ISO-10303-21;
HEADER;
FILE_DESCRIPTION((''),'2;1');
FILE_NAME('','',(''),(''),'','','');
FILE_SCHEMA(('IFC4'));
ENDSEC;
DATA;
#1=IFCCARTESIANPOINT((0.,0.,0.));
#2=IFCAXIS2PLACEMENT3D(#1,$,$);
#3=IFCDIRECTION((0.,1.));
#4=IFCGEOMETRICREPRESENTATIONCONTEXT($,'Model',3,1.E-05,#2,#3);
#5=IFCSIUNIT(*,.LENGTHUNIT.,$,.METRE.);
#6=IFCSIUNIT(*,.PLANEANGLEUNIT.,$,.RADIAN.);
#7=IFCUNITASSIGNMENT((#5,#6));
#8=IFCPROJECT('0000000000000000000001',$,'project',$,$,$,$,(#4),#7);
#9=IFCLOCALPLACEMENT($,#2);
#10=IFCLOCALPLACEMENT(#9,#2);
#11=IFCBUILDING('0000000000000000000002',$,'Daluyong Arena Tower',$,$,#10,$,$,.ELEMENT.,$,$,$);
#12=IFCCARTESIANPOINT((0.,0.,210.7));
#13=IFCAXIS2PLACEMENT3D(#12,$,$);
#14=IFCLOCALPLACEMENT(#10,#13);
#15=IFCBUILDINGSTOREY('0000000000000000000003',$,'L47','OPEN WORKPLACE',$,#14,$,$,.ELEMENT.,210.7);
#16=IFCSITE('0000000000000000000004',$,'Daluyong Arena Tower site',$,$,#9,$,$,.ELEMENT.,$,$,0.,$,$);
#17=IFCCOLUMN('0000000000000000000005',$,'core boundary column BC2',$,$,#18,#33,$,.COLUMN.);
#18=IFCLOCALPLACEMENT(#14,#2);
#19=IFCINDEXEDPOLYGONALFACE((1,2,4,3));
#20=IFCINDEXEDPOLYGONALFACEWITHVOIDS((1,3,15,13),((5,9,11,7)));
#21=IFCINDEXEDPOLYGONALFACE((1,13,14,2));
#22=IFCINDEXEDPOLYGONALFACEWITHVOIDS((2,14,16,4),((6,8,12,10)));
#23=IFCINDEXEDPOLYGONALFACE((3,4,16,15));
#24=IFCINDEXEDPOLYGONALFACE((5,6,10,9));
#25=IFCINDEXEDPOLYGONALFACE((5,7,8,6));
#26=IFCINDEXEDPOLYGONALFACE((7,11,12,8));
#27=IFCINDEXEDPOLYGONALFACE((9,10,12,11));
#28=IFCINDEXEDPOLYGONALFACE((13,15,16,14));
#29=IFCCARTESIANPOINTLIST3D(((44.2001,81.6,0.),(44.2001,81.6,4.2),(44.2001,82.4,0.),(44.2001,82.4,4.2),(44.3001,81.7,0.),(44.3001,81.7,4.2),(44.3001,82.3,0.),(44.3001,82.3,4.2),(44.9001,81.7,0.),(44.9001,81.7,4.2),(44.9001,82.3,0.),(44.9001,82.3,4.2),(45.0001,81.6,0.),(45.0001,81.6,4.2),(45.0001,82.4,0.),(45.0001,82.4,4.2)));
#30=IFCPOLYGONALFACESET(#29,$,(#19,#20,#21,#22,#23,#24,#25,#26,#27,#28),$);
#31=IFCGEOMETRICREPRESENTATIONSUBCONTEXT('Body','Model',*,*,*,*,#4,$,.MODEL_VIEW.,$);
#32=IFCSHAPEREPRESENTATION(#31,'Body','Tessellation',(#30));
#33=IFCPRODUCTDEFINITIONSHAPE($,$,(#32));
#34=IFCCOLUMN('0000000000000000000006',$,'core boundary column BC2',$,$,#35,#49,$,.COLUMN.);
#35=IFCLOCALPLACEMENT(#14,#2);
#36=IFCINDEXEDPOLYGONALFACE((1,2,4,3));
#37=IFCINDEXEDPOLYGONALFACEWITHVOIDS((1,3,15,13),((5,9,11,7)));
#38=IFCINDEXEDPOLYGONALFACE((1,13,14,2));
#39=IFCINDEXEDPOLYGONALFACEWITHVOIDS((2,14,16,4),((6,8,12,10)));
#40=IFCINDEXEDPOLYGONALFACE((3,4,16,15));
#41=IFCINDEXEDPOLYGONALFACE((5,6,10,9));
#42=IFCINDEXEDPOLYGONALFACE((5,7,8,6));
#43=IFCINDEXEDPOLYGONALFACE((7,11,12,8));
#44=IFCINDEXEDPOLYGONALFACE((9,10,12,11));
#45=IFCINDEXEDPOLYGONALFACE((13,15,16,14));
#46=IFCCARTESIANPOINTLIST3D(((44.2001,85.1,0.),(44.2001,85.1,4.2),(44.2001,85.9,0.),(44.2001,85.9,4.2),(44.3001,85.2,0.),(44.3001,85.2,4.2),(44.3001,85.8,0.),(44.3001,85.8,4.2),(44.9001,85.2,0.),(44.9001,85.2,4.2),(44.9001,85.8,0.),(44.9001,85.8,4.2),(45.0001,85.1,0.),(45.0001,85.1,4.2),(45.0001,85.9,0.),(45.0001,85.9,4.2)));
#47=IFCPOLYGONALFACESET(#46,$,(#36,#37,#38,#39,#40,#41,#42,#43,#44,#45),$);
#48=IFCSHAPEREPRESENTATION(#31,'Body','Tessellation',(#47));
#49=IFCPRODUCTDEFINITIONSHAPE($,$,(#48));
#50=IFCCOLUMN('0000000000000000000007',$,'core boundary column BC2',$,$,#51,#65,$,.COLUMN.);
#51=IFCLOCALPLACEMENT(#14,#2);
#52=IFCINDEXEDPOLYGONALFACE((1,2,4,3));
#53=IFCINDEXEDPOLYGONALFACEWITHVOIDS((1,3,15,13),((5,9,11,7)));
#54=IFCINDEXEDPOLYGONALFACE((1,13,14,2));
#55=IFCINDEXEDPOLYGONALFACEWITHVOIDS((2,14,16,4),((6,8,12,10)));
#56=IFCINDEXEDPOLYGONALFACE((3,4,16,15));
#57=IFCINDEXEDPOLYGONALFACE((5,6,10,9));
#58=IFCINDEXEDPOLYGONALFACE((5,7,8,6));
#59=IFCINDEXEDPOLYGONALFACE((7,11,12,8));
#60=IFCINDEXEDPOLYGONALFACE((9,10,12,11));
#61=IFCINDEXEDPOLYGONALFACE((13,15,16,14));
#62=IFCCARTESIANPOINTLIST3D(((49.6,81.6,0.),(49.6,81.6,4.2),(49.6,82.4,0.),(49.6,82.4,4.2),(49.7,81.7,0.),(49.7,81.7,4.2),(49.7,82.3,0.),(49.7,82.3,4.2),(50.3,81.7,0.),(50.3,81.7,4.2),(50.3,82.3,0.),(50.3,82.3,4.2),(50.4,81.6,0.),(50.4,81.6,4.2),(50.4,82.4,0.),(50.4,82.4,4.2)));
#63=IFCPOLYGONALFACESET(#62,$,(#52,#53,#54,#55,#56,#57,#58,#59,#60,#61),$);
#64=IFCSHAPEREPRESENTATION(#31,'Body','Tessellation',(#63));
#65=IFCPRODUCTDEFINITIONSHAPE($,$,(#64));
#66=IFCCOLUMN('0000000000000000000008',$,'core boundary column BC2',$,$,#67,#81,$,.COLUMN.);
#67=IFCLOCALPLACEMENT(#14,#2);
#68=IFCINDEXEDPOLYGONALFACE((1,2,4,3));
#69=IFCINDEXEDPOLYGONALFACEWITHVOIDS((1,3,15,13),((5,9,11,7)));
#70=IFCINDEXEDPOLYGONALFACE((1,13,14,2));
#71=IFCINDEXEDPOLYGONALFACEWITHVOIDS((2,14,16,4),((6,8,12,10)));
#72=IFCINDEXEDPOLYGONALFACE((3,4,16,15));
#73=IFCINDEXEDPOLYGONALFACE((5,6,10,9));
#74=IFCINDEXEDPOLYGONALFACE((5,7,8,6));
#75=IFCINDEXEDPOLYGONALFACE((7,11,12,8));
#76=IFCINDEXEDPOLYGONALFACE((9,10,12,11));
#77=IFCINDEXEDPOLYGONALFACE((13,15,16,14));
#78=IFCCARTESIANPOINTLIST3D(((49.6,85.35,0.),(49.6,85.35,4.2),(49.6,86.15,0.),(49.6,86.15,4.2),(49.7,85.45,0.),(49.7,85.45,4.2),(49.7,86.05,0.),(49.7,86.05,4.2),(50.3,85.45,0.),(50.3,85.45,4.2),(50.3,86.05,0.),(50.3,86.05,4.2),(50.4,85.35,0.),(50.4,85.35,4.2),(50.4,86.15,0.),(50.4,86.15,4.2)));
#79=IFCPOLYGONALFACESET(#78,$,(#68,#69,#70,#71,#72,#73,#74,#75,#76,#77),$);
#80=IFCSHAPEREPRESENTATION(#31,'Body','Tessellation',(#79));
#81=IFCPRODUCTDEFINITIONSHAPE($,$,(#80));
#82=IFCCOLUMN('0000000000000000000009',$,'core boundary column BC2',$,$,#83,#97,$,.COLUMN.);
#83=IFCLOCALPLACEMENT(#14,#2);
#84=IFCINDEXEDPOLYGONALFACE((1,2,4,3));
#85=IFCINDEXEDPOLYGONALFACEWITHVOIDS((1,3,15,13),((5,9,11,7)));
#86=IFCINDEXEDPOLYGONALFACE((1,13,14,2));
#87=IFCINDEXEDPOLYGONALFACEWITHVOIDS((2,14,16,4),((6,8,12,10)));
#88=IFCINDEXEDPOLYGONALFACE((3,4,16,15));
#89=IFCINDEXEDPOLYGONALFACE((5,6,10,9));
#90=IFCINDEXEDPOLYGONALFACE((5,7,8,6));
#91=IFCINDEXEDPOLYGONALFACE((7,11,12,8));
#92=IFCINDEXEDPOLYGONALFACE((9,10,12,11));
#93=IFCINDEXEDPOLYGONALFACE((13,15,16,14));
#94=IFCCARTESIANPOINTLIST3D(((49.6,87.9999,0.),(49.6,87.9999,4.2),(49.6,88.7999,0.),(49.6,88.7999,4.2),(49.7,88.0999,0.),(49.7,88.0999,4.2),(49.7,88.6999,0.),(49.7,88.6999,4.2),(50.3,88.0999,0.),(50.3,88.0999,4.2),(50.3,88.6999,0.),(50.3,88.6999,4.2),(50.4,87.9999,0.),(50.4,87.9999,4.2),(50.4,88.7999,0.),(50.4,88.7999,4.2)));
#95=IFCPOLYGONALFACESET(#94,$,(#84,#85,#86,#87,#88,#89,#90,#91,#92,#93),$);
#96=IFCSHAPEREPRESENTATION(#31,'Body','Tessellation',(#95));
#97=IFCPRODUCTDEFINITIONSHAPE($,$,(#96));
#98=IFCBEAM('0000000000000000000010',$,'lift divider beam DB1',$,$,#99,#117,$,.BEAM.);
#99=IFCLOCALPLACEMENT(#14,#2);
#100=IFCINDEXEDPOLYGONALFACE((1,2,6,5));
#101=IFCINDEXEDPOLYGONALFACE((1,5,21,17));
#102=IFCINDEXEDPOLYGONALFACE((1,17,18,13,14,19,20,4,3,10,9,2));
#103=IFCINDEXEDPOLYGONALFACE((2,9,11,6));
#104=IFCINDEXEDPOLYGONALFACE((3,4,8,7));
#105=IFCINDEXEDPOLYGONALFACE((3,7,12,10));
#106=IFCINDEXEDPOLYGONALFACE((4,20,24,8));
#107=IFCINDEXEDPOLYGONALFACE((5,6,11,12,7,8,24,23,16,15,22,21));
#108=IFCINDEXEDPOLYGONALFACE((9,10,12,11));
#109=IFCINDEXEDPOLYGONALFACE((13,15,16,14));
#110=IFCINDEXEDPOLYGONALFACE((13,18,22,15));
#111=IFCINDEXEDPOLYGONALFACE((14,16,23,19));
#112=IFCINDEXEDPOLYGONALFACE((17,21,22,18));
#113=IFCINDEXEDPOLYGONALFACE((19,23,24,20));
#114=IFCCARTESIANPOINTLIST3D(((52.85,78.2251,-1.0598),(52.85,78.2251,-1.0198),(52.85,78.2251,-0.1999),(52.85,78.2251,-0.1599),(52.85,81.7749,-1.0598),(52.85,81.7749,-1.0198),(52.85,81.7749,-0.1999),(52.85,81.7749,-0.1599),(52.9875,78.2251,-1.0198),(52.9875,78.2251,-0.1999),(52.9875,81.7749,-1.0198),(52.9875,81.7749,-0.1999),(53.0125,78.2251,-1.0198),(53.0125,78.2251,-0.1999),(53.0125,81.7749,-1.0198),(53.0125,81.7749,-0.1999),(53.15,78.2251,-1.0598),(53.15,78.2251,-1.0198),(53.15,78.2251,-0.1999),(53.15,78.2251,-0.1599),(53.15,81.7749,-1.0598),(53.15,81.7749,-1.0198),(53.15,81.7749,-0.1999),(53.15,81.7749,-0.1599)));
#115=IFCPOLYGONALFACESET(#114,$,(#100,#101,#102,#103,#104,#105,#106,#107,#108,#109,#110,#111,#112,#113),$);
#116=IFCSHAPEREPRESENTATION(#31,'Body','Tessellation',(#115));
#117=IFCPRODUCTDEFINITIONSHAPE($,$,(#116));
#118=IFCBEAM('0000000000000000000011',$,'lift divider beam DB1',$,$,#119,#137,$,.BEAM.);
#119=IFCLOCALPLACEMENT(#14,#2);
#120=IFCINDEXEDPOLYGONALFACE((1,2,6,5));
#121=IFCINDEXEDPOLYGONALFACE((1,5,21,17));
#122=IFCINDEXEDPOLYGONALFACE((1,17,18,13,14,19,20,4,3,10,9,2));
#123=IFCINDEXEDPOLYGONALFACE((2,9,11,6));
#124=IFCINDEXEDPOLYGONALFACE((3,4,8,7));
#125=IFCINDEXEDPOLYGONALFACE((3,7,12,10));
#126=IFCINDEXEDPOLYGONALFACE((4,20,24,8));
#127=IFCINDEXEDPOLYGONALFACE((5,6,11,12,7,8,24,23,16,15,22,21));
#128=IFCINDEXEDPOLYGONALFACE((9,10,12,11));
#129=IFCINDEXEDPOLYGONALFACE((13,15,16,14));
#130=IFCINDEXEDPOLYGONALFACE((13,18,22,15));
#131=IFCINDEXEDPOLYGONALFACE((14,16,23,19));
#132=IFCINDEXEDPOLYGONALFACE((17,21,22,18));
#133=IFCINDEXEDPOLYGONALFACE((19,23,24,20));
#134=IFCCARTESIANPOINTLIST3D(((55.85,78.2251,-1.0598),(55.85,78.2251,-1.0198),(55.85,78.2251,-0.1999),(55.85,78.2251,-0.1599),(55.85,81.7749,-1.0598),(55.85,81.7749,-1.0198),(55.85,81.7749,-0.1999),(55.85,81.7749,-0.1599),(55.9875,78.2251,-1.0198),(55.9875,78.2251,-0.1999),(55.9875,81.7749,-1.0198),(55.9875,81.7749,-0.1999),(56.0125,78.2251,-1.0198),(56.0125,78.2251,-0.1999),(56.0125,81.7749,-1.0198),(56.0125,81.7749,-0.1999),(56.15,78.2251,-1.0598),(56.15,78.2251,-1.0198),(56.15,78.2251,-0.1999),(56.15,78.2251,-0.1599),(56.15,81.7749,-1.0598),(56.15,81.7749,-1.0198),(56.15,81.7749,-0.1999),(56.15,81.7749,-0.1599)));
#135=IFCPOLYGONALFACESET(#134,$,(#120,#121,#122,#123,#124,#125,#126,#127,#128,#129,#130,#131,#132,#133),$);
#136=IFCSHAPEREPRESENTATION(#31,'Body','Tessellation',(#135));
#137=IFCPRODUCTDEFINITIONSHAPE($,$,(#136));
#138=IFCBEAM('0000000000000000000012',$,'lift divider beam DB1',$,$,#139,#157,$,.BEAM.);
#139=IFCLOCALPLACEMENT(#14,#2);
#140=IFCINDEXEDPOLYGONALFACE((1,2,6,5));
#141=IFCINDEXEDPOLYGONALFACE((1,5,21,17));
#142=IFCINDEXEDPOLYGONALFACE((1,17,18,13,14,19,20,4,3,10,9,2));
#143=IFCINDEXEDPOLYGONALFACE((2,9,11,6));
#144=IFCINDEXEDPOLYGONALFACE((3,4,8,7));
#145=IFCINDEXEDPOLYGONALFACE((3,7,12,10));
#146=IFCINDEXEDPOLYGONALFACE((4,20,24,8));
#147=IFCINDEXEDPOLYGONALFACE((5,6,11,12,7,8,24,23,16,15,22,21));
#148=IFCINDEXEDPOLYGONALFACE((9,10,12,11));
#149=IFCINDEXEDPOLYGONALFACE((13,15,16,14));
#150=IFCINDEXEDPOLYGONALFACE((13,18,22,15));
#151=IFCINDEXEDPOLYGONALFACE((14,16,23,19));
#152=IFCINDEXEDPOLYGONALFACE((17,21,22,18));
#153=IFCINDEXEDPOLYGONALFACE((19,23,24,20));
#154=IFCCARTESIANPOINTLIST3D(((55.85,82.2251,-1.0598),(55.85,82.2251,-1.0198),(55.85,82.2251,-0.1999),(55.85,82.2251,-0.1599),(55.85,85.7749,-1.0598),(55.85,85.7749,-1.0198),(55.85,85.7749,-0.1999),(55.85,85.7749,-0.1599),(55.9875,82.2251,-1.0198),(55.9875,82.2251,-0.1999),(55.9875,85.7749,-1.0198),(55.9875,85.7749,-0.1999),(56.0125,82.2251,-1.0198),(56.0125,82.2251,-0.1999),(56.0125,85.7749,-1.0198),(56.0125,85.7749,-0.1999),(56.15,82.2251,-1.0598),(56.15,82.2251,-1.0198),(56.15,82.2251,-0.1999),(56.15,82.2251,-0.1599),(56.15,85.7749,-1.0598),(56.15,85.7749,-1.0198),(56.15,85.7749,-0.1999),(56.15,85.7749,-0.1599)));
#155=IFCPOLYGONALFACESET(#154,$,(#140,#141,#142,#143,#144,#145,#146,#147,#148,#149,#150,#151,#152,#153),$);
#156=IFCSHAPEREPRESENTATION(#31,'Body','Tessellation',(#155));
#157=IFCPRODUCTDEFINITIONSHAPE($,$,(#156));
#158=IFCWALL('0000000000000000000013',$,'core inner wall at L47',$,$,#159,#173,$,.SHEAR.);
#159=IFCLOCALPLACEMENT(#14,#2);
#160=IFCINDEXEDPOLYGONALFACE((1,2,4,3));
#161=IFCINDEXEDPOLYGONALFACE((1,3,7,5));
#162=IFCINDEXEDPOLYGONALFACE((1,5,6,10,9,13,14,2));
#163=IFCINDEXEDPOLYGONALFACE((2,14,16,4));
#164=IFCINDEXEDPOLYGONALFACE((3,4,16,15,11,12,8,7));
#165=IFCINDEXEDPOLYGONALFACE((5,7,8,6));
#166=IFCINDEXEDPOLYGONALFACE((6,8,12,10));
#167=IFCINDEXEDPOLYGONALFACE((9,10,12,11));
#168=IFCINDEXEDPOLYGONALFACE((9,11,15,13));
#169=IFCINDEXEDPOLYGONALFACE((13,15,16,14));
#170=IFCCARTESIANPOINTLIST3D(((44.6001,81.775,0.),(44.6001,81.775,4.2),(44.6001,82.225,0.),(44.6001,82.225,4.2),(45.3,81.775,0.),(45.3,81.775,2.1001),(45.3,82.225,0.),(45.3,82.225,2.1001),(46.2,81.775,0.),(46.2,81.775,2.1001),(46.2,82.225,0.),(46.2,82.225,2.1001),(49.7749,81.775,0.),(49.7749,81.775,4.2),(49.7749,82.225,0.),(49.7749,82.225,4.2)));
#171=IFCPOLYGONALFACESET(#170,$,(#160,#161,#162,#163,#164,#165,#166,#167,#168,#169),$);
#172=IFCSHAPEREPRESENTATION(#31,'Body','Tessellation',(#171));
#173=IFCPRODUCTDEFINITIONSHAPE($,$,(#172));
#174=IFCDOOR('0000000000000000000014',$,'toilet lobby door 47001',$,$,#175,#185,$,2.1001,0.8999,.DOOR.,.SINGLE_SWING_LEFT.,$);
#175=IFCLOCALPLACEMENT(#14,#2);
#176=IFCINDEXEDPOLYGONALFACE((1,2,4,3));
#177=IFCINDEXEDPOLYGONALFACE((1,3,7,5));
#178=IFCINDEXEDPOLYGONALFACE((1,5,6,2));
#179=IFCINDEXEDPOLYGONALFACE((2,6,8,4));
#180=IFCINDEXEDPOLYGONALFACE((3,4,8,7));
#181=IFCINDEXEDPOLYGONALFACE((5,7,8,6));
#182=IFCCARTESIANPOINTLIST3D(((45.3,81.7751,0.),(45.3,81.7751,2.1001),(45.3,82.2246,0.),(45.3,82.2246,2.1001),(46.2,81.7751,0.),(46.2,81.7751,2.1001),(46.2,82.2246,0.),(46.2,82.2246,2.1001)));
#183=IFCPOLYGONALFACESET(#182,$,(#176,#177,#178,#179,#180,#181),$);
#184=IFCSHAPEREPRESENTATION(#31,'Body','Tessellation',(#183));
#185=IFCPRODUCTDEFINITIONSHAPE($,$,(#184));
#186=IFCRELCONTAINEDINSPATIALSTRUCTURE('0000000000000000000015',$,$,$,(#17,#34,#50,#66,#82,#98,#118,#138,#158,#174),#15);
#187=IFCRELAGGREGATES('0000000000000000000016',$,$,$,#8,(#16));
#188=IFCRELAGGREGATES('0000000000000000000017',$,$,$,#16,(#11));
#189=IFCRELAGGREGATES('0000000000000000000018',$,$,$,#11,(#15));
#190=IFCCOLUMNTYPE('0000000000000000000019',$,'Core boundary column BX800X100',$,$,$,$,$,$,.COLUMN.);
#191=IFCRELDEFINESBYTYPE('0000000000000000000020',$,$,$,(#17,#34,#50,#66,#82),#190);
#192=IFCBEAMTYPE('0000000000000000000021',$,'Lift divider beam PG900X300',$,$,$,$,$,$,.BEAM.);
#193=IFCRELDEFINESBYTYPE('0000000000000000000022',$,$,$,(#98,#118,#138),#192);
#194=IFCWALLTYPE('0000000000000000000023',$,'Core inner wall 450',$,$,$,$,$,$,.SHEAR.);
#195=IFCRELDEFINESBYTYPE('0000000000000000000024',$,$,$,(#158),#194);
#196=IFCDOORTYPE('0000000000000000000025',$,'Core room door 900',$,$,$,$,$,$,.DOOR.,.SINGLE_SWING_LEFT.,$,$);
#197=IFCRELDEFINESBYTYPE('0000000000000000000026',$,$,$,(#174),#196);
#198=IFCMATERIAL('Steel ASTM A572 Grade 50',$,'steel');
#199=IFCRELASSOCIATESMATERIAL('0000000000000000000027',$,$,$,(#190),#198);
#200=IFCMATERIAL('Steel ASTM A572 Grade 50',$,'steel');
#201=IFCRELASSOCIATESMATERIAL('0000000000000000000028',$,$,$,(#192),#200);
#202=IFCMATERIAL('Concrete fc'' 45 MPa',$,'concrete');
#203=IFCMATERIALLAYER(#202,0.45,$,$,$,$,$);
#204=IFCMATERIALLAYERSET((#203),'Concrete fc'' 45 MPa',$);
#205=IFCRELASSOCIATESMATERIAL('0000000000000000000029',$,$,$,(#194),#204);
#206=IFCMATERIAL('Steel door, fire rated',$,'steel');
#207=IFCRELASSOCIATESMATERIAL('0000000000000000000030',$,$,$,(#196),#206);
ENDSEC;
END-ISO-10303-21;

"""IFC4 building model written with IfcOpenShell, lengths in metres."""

from ifc_helpers import new_model, si_unit, direction, frame, frame_2d, origin, origin_2d, place, context, subcontext, project, spatial, rectangle, hollow_rectangle, i_section, extrude, material, layer, layer_set, material_profile, profile_set, type_object, element, fill, save


model = new_model("IFC4")

# Units and contexts
model_context = context("Model", 3, precision=1e-05, world=origin(), true_north=direction((0.0, 1.0)))
body_context = subcontext(model_context, "Body", "Model", "MODEL_VIEW")
ifc_project = project(units=[si_unit("LENGTHUNIT", "METRE"), si_unit("PLANEANGLEUNIT", "RADIAN")], contexts=[model_context])

# Site, building, storey
site_placement = place(None, origin())
site = spatial("IfcSite", under=ifc_project, at=site_placement, Name="Daluyong Arena Tower site", CompositionType="ELEMENT", RefElevation=0.0)
building_placement = place(site_placement, origin())
building = spatial("IfcBuilding", under=site, at=building_placement, Name="Daluyong Arena Tower", CompositionType="ELEMENT")
storey_placement = place(building_placement, frame((0.0, 0.0, 210.7)))
storey = spatial("IfcBuildingStorey", under=building, at=storey_placement, Name="L47", Description="OPEN WORKPLACE", CompositionType="ELEMENT", Elevation=210.7)

# Columns
ifc_material_1 = material(Name="Steel ASTM A572 Grade 50", Category="steel")
ifc_material_profile_1 = material_profile(ifc_material_1, hollow_rectangle(XDim=0.8, YDim=0.8, WallThickness=0.1, at=origin_2d()))
ifc_profile_set_1 = profile_set([ifc_material_profile_1], Name="Steel ASTM A572 Grade 50")
column_type = type_object("IfcColumnType", Name="Core boundary column BX800X100", PredefinedType="COLUMN", material=ifc_profile_set_1)
for number, where, z_axis, x_axis, name in (
    (1, (44.6001, 82.0, 0.0), (0.0, 0.0, 1.0), (1.0, 0.0, 0.0), "core boundary column BC2"),
    (2, (44.6001, 85.5, 0.0), (0.0, 0.0, 1.0), (1.0, 0.0, 0.0), "core boundary column BC2"),
    (3, (50.0, 82.0, 0.0), (0.0, 0.0, 1.0), (1.0, 0.0, 0.0), "core boundary column BC2"),
    (4, (50.0, 85.75, 0.0), (0.0, 0.0, 1.0), (1.0, 0.0, 0.0), "core boundary column BC2"),
    (5, (50.0, 88.3999, 0.0), (0.0, 0.0, 1.0), (1.0, 0.0, 0.0), "core boundary column BC2"),
):
    element("IfcColumn", number, at=place(storey_placement, frame(where, z_axis=z_axis, x_axis=x_axis)), inside=storey, type_object=column_type, Name=name, PredefinedType="COLUMN", context=body_context, shape_type="SweptSolid", body=[
        extrude(hollow_rectangle(XDim=0.8, YDim=0.8, WallThickness=0.1, at=origin_2d()), origin(), (0.0, 0.0, 1.0), 4.2),
    ])

# Beams
ifc_material_2 = material(Name="Steel ASTM A572 Grade 50", Category="steel")
ifc_material_profile_2 = material_profile(ifc_material_2, i_section(OverallWidth=0.3, OverallDepth=0.8999, WebThickness=0.025, FlangeThickness=0.04, at=origin_2d()))
ifc_profile_set_2 = profile_set([ifc_material_profile_2], Name="Steel ASTM A572 Grade 50")
beam_type = type_object("IfcBeamType", Name="Lift divider beam PG900X300", PredefinedType="BEAM", material=ifc_profile_set_2)
for number, where, z_axis, x_axis, name in (
    (6, (53.0, 78.2251, -0.6099), (0.0, 1.0, 0.0), (-1.0, 0.0, 0.0), "lift divider beam DB1"),
    (7, (56.0, 78.2251, -0.6099), (0.0, 1.0, 0.0), (-1.0, 0.0, 0.0), "lift divider beam DB1"),
    (8, (56.0, 82.2251, -0.6099), (0.0, 1.0, 0.0), (-1.0, 0.0, 0.0), "lift divider beam DB1"),
):
    element("IfcBeam", number, at=place(storey_placement, frame(where, z_axis=z_axis, x_axis=x_axis)), inside=storey, type_object=beam_type, Name=name, PredefinedType="BEAM", context=body_context, shape_type="SweptSolid", body=[
        extrude(i_section(OverallWidth=0.3, OverallDepth=0.8999, WebThickness=0.025, FlangeThickness=0.04, at=origin_2d()), origin(), (0.0, 0.0, 1.0), 3.5498),
    ])

# Wall, opening, door
ifc_material_3 = material(Name="Concrete fc' 45 MPa", Category="concrete")
ifc_layer_1 = layer(ifc_material_3, 0.45)
ifc_layer_set_1 = layer_set([ifc_layer_1], Name="Concrete fc' 45 MPa")
wall_type_1 = type_object("IfcWallType", Name="Core inner wall 450", PredefinedType="SHEAR", material=ifc_layer_set_1)
wall_1_placement = place(storey_placement, frame((44.6001, 82.0, 0.0), z_axis=(0.0, 0.0, 1.0), x_axis=(1.0, 0.0, 0.0)))
wall_1 = element("IfcWall", 9, at=wall_1_placement, inside=storey, type_object=wall_type_1, Name="core inner wall at L47", PredefinedType="SHEAR", context=body_context, shape_type="SweptSolid", body=[
    extrude(rectangle(XDim=5.1748, YDim=0.45, at=frame_2d((2.5874, 0.0))), origin(), (0.0, 0.0, 1.0), 4.2),
])
opening_1_placement = place(wall_1_placement, frame((0.7, 0.0, 0.0)))
opening_1 = element("IfcOpeningElement", 10, at=opening_1_placement, cuts=wall_1, PredefinedType="OPENING", context=body_context, shape_type="SweptSolid", body=[
    extrude(rectangle(XDim=0.8999, YDim=2.1001, at=frame_2d((0.45, 1.05))), frame((0.0, 0.2349, 0.0), z_axis=(0.0, -1.0, 0.0), x_axis=(1.0, 0.0, 0.0)), (0.0, 0.0, 1.0), 0.47),
])
ifc_material_4 = material(Name="Steel door, fire rated", Category="steel")
door_type_1 = type_object("IfcDoorType", Name="Core room door 900", OperationType="SINGLE_SWING_LEFT", PredefinedType="DOOR", material=ifc_material_4)
door_1_placement = place(opening_1_placement, origin())
door_1 = element("IfcDoor", 11, at=door_1_placement, inside=storey, type_object=door_type_1, Name="toilet lobby door 47001", OperationType="SINGLE_SWING_LEFT", OverallHeight=2.1001, OverallWidth=0.8999, PredefinedType="DOOR", context=body_context, shape_type="SweptSolid", body=[
    extrude(rectangle(XDim=0.8999, YDim=2.1001, at=frame_2d((0.45, 1.05))), frame((0.0, 0.2246, 0.0), z_axis=(0.0, -1.0, 0.0), x_axis=(1.0, 0.0, 0.0)), (0.0, 0.0, 1.0), 0.4495),
])
fill(opening_1, door_1)

save(model, "model.ifc")
